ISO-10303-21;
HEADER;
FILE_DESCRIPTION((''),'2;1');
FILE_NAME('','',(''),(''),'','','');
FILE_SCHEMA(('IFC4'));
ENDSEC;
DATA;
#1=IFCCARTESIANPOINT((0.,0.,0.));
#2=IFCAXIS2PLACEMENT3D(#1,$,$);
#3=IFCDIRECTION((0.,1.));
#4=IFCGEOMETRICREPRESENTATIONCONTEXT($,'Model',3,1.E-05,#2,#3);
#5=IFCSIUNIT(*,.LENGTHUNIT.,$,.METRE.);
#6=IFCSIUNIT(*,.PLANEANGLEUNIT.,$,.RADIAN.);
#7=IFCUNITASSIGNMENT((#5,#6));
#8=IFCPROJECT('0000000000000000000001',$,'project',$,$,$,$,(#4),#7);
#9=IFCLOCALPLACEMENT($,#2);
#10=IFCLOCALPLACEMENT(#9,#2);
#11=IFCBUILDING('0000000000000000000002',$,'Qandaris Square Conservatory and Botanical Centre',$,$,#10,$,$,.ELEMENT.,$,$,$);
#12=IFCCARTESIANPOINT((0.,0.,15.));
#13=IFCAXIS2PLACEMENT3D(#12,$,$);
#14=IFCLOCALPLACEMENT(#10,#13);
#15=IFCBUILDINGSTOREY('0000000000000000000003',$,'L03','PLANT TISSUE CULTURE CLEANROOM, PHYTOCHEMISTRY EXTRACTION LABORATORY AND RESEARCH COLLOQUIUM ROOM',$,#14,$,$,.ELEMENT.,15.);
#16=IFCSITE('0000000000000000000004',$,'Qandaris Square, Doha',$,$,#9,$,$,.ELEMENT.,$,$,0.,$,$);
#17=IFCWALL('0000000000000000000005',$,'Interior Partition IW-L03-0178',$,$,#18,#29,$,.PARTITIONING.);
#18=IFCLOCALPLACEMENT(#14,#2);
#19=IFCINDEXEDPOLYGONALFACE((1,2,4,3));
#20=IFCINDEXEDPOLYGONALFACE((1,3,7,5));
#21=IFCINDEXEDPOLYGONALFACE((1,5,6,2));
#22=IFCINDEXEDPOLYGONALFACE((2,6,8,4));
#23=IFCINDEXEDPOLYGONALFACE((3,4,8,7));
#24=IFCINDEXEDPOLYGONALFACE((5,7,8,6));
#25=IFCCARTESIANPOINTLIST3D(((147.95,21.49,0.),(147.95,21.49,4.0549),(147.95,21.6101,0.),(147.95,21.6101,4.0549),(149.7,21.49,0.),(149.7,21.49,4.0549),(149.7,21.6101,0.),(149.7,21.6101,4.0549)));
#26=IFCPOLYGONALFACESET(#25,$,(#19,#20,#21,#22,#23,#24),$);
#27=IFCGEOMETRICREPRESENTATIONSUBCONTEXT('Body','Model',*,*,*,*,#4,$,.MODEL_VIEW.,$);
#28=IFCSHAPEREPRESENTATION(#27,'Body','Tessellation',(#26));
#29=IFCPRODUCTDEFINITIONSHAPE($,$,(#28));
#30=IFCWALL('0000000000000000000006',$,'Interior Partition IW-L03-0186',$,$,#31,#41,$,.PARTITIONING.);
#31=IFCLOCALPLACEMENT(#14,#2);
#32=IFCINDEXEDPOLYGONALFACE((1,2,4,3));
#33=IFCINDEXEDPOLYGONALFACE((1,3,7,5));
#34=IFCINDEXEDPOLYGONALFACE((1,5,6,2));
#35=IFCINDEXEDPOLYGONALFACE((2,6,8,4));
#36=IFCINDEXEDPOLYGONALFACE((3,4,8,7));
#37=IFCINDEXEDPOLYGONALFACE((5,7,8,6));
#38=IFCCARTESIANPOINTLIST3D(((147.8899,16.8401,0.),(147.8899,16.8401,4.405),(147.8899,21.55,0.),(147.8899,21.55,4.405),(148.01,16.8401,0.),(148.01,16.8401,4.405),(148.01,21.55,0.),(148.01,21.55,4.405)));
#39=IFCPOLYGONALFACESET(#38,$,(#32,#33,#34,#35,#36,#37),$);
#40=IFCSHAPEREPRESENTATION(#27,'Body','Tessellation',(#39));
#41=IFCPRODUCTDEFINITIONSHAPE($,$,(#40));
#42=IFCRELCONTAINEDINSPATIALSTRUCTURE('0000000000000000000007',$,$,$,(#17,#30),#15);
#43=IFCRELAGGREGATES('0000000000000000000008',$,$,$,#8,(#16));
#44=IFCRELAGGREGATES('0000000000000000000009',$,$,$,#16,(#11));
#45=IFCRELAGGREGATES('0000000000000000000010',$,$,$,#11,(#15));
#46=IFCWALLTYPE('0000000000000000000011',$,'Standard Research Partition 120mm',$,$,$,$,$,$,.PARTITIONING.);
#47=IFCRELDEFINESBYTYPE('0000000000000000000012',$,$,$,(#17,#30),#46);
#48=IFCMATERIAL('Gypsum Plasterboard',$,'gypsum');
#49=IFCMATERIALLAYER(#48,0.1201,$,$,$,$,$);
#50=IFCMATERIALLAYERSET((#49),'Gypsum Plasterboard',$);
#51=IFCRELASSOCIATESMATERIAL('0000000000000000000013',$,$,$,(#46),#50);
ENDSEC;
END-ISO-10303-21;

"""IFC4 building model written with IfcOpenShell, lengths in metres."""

from ifc_helpers import new_model, si_unit, direction, frame, frame_2d, origin, place, context, subcontext, project, spatial, rectangle, extrude, material, layer, layer_set, type_object, element, save


model = new_model("IFC4")

# Units and contexts
model_context = context("Model", 3, precision=1e-05, world=origin(), true_north=direction((0.0, 1.0)))
body_context = subcontext(model_context, "Body", "Model", "MODEL_VIEW")
ifc_project = project(units=[si_unit("LENGTHUNIT", "METRE"), si_unit("PLANEANGLEUNIT", "RADIAN")], contexts=[model_context])

# Site, building, storey
site_placement = place(None, origin())
site = spatial("IfcSite", under=ifc_project, at=site_placement, Name="Qandaris Square, Doha", CompositionType="ELEMENT", RefElevation=0.0)
building_placement = place(site_placement, origin())
building = spatial("IfcBuilding", under=site, at=building_placement, Name="Qandaris Square Conservatory and Botanical Centre", CompositionType="ELEMENT")
storey_placement = place(building_placement, frame((0.0, 0.0, 15.0)))
storey = spatial("IfcBuildingStorey", under=building, at=storey_placement, Name="L03", Description="PLANT TISSUE CULTURE CLEANROOM, PHYTOCHEMISTRY EXTRACTION LABORATORY AND RESEARCH COLLOQUIUM ROOM", CompositionType="ELEMENT", Elevation=15.0)

# Shared definitions
ifc_material_1 = material(Name="Gypsum Plasterboard", Category="gypsum")

# Shared definitions
ifc_layer_1 = layer(ifc_material_1, 0.1201)
ifc_layer_set_1 = layer_set([ifc_layer_1], Name="Gypsum Plasterboard")
wall_type_1 = type_object("IfcWallType", Name="Standard Research Partition 120mm", PredefinedType="PARTITIONING", material=ifc_layer_set_1)

# Walls
wall_1_placement = place(storey_placement, frame((149.7, 21.55, 0.0), z_axis=(0.0, 0.0, 1.0), x_axis=(-1.0, 0.0, 0.0)))
element("IfcWall", 1, at=wall_1_placement, inside=storey, type_object=wall_type_1, Name="Interior Partition IW-L03-0178", PredefinedType="PARTITIONING", context=body_context, shape_type="SweptSolid", body=[
    extrude(rectangle(XDim=1.75, YDim=0.1201, at=frame_2d((0.875, 0.0))), origin(), (0.0, 0.0, 1.0), 4.0549),
])
wall_2_placement = place(storey_placement, frame((147.95, 21.55, 0.0), z_axis=(0.0, 0.0, 1.0), x_axis=(0.0, -1.0, 0.0)))
element("IfcWall", 2, at=wall_2_placement, inside=storey, type_object=wall_type_1, Name="Interior Partition IW-L03-0186", PredefinedType="PARTITIONING", context=body_context, shape_type="SweptSolid", body=[
    extrude(rectangle(XDim=4.71, YDim=0.1201, at=frame_2d((2.355, 0.0))), origin(), (0.0, 0.0, 1.0), 4.405),
])

save(model, "model.ifc")
